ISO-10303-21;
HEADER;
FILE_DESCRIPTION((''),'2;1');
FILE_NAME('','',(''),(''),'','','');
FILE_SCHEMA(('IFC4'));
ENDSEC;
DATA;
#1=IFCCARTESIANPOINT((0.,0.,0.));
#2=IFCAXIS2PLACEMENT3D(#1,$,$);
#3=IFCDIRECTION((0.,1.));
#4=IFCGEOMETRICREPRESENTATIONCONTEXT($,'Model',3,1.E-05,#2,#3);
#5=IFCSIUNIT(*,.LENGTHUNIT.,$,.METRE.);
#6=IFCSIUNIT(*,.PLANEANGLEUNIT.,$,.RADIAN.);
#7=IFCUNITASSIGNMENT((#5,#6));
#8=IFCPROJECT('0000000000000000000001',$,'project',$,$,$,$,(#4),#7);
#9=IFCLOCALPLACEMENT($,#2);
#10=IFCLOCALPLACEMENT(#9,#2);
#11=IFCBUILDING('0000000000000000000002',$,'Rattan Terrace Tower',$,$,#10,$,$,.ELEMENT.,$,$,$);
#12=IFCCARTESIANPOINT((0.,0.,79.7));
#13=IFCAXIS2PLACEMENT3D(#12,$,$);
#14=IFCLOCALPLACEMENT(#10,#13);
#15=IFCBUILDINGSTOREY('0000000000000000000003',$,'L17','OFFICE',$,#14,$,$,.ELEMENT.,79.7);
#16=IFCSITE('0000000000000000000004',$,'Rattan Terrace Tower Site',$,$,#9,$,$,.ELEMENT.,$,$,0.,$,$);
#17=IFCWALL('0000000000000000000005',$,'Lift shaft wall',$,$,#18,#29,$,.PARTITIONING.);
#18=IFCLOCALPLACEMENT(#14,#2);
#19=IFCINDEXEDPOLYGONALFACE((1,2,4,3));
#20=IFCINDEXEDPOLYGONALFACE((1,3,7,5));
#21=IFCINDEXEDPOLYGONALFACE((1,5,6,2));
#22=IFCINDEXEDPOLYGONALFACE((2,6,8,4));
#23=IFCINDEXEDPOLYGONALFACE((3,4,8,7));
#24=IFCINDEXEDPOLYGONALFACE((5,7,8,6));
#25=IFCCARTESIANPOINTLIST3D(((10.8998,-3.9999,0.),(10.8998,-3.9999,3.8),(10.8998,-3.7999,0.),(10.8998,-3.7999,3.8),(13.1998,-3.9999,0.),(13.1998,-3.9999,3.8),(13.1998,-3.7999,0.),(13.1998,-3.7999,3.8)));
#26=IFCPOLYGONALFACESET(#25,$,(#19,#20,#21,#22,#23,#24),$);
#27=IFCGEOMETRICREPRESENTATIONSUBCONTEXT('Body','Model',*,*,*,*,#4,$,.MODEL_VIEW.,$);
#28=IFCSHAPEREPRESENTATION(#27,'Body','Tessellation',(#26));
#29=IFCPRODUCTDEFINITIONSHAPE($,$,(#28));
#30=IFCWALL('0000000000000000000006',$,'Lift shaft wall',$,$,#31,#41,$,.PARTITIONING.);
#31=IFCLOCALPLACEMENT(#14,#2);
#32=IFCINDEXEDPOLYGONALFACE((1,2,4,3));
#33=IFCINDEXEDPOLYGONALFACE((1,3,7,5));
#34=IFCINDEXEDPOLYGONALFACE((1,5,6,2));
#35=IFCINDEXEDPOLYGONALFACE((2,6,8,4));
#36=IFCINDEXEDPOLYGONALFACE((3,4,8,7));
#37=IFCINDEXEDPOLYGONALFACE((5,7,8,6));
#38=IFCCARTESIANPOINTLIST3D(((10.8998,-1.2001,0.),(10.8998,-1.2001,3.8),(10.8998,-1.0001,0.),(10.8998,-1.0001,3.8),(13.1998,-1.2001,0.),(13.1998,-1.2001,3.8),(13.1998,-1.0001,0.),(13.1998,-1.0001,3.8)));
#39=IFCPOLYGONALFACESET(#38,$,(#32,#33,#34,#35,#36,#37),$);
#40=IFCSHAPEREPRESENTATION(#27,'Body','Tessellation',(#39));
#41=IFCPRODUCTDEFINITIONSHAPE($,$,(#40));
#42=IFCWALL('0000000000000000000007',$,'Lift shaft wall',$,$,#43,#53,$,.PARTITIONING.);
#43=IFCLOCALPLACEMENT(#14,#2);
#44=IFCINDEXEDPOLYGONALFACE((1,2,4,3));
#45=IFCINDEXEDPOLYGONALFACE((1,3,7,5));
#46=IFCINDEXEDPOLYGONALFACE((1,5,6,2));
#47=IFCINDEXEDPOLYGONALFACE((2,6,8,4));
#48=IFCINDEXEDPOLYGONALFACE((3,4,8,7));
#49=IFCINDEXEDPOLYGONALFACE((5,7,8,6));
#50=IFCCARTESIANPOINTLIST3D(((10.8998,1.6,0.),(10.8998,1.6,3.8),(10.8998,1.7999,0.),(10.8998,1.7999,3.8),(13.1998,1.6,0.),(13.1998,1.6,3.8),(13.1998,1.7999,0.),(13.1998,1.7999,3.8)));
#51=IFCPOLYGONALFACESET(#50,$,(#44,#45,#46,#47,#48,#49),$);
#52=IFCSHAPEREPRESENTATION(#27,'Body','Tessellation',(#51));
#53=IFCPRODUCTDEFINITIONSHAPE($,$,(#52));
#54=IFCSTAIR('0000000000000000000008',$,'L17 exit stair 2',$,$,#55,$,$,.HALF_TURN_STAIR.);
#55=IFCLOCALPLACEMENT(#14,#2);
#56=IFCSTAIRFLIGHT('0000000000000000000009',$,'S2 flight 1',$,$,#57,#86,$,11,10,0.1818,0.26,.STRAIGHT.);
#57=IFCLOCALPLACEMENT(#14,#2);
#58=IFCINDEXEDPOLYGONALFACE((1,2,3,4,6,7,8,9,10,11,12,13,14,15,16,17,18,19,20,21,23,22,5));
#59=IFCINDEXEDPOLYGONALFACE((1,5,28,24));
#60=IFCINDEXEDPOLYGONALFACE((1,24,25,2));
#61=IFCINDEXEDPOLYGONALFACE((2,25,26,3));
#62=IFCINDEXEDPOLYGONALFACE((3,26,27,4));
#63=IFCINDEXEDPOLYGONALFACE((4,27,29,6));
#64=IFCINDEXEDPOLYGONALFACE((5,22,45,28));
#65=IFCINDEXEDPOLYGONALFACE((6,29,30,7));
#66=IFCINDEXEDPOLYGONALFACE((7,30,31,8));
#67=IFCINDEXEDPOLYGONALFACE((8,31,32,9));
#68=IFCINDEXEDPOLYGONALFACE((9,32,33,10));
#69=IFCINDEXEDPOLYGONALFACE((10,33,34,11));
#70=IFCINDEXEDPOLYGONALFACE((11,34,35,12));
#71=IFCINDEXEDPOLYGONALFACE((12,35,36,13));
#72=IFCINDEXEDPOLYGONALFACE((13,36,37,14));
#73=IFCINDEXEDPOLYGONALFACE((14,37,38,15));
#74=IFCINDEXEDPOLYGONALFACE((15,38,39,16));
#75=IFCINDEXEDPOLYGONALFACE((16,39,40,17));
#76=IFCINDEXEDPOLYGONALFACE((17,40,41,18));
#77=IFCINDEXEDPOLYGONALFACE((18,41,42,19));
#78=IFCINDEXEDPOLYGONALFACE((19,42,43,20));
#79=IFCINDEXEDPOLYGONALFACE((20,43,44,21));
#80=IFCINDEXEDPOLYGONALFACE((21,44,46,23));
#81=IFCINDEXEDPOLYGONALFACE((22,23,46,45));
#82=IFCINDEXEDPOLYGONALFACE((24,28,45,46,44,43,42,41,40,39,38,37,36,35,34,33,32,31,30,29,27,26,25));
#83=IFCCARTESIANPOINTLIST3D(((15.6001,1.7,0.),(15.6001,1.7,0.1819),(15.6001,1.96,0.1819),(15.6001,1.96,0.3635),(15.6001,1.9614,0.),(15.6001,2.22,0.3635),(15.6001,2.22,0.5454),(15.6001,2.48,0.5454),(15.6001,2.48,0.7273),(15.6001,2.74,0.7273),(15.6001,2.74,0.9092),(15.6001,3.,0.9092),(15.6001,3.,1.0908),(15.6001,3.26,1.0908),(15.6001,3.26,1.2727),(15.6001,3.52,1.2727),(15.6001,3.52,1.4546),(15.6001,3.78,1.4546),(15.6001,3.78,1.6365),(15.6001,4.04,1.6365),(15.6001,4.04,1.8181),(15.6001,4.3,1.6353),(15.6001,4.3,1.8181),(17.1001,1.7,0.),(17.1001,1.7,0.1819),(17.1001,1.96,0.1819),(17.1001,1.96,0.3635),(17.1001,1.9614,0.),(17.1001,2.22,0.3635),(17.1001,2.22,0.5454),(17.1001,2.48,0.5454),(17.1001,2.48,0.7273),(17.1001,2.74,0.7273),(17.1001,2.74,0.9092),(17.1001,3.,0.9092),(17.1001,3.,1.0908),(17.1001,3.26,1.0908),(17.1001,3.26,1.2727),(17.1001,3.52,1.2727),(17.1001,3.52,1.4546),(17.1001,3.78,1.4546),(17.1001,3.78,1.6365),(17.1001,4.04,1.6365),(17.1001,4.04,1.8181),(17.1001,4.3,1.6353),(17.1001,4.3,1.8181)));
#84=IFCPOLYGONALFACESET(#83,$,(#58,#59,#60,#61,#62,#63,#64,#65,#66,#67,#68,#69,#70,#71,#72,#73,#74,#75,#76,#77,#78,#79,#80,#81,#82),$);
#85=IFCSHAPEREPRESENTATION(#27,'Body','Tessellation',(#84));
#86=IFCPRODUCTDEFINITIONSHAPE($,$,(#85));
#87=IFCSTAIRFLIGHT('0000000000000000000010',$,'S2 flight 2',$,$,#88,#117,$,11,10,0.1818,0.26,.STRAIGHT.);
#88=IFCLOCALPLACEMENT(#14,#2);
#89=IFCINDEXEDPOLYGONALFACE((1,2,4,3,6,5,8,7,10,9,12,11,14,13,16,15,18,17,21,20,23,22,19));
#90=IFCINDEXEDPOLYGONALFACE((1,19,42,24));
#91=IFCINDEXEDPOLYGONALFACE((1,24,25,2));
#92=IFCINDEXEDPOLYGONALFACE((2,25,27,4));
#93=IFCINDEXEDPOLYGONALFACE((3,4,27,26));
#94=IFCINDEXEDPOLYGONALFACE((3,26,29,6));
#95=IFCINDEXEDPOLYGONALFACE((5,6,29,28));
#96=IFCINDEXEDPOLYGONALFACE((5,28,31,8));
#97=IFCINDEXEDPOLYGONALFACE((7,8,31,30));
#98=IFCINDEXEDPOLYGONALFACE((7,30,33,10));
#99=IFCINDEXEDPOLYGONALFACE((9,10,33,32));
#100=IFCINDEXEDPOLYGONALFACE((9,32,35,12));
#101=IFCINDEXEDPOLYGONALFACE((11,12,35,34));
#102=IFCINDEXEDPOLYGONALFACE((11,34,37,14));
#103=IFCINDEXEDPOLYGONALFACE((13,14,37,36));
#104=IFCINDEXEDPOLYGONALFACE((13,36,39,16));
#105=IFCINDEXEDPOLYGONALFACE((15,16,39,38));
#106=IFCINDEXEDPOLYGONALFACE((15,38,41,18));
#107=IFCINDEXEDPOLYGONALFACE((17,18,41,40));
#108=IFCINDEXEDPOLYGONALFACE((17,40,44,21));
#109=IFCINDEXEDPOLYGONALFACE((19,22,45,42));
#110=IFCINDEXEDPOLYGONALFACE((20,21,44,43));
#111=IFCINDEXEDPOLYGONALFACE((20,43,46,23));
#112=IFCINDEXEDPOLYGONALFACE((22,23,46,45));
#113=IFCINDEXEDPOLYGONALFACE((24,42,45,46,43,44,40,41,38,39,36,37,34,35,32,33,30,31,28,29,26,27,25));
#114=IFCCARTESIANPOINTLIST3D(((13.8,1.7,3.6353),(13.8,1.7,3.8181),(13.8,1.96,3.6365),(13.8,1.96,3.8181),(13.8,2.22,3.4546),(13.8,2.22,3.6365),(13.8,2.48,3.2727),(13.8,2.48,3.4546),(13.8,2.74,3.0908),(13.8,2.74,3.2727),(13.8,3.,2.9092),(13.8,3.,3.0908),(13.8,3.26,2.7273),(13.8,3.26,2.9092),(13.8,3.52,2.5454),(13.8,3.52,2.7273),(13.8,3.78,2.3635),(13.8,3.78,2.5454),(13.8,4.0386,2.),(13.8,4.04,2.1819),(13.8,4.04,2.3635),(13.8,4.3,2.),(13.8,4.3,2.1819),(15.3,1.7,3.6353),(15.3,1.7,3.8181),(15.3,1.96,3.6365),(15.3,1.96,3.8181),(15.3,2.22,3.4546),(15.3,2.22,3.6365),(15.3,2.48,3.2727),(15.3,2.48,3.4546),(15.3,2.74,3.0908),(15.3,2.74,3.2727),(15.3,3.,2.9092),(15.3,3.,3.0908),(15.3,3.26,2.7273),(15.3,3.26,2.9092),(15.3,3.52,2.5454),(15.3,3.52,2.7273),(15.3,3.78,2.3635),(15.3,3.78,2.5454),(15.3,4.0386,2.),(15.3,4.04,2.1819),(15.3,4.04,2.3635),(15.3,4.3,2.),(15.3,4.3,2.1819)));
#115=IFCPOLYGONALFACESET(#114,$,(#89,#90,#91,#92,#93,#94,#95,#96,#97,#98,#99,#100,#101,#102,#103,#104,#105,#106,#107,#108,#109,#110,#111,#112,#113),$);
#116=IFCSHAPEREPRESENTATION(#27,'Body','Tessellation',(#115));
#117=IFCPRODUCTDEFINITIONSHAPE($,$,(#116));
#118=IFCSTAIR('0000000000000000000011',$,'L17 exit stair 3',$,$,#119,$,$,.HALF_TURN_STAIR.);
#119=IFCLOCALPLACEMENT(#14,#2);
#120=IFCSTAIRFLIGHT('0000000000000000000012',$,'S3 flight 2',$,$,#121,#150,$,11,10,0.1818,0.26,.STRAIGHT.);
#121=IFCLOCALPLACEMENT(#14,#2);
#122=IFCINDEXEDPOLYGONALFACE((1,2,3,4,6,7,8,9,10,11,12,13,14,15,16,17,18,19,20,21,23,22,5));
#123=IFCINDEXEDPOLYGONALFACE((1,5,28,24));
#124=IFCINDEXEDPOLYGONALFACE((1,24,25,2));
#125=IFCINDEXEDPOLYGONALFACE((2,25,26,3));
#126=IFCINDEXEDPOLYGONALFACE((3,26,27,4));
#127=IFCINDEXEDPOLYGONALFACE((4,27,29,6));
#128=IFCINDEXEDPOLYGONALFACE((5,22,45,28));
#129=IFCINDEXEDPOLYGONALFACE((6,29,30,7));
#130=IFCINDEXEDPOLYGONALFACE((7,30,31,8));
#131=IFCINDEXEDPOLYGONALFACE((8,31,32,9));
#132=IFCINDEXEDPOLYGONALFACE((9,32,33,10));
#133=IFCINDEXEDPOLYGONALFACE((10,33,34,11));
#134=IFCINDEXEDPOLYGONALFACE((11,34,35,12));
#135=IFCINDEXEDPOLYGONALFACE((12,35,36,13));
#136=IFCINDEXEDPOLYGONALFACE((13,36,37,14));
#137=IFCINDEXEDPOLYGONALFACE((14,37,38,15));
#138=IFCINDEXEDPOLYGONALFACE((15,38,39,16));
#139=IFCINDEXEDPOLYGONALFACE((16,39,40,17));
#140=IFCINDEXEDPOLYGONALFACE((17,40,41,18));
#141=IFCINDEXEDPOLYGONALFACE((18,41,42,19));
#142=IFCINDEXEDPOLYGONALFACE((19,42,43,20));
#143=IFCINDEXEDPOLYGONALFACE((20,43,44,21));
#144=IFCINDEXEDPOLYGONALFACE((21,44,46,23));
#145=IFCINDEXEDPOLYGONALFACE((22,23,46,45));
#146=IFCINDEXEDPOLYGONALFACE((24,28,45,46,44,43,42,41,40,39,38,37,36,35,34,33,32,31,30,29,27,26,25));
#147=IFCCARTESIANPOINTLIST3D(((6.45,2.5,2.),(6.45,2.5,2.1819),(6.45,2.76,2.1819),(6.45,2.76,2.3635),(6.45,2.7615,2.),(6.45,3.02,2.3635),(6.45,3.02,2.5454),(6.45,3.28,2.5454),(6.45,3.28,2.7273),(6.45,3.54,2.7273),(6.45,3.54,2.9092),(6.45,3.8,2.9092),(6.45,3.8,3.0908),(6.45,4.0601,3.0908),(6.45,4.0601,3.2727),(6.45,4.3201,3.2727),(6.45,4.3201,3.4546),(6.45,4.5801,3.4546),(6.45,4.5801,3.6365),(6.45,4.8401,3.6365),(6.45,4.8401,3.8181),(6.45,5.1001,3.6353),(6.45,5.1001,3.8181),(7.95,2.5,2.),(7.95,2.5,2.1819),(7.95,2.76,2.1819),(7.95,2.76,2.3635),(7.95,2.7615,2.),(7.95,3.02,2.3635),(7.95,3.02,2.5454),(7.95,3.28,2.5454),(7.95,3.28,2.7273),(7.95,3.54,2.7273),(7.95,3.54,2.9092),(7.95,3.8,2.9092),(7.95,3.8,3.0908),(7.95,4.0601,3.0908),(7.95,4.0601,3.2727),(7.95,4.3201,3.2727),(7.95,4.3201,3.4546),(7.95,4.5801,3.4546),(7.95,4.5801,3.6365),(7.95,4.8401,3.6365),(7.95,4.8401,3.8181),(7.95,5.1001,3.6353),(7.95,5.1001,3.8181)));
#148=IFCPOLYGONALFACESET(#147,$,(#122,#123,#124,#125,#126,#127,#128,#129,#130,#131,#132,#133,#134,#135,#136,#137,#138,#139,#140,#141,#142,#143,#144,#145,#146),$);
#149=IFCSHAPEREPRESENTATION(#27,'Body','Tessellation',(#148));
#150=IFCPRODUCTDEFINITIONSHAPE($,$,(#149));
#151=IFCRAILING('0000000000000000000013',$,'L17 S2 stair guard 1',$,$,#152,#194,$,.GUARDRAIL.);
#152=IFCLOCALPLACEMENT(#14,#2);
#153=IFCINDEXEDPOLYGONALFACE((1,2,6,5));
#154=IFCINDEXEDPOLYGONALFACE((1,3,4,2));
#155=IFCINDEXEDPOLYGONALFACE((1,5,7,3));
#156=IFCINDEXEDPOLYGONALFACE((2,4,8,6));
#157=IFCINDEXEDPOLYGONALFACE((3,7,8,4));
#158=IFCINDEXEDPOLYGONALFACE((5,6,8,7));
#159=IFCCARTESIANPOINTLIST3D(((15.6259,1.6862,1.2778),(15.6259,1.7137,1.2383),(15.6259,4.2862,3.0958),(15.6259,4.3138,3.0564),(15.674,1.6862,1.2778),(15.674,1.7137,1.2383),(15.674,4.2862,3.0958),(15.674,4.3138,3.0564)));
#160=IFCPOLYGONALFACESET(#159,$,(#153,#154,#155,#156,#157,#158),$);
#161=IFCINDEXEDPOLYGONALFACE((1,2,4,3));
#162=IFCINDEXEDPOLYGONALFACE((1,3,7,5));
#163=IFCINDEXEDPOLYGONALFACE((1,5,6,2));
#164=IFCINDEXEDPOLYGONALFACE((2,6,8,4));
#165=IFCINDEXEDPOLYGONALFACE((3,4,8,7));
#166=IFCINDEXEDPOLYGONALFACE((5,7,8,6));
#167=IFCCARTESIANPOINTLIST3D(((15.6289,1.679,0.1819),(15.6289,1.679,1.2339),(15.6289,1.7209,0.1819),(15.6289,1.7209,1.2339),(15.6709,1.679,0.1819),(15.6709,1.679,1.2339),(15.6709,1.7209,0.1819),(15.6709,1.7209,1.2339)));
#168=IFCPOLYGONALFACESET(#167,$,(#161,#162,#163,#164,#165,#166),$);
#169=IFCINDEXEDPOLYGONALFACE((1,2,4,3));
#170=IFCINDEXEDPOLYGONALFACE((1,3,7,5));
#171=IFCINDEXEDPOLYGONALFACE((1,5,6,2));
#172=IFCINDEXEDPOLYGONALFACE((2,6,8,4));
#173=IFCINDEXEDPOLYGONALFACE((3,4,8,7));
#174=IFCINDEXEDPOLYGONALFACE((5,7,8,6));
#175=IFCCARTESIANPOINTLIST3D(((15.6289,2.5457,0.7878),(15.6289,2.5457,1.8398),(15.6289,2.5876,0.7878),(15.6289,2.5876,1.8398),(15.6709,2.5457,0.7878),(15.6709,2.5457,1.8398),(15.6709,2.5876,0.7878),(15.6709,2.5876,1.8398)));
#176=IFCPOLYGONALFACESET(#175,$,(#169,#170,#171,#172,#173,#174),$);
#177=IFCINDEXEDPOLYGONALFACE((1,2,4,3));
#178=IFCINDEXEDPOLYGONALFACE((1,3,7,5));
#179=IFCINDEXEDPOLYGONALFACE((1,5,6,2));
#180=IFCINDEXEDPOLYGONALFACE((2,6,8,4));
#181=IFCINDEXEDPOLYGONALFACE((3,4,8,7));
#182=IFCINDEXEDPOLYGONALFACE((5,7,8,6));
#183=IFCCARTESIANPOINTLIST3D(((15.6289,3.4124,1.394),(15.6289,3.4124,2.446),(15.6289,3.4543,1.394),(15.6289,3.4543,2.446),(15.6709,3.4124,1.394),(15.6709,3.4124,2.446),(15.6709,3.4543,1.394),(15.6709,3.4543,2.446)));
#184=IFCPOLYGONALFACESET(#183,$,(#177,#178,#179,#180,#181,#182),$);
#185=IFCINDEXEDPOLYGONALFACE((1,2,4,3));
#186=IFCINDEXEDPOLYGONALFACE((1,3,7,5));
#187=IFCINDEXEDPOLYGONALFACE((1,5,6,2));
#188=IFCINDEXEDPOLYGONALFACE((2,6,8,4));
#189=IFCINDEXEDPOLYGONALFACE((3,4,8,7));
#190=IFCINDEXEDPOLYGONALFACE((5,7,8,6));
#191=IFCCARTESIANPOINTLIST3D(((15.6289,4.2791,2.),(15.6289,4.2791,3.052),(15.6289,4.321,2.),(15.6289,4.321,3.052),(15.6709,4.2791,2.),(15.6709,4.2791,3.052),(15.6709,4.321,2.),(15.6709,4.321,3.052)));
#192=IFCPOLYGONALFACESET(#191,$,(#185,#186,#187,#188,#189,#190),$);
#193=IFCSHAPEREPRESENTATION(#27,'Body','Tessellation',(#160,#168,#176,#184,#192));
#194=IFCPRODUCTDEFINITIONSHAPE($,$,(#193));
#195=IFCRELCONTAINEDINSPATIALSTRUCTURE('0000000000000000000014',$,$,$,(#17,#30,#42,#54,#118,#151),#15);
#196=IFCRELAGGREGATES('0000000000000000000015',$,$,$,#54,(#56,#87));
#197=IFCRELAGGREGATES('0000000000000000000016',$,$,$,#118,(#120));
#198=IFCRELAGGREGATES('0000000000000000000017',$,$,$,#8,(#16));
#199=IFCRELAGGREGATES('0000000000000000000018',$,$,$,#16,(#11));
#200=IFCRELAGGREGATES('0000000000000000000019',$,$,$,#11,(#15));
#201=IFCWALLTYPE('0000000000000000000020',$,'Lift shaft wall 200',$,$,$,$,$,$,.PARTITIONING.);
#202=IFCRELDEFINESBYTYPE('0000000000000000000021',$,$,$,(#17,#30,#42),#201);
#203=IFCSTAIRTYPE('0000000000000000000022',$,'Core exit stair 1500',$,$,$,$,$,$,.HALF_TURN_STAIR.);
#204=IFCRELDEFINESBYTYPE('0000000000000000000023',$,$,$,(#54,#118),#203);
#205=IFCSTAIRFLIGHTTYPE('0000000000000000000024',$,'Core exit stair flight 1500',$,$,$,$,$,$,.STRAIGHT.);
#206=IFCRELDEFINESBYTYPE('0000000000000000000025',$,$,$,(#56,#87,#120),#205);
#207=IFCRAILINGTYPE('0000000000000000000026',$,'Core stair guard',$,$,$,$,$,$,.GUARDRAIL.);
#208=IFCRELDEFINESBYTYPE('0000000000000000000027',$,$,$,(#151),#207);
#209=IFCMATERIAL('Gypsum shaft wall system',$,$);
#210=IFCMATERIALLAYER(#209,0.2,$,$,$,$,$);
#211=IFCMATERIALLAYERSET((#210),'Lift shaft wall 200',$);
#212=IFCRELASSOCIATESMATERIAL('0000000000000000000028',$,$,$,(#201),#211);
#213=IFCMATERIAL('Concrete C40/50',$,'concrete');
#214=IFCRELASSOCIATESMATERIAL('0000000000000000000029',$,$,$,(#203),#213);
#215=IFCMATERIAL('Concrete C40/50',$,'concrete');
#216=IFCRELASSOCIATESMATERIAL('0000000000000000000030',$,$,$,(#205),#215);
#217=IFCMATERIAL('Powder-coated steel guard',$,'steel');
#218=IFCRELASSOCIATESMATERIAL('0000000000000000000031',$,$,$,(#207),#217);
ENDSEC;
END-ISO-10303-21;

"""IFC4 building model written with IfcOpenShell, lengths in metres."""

from ifc_helpers import new_model, si_unit, direction, frame, frame_2d, origin, origin_2d, place, context, subcontext, project, spatial, polyline, rectangle, outline, extrude, material, layer, layer_set, type_object, element, aggregate, save


model = new_model("IFC4")

# Units and contexts
model_context = context("Model", 3, precision=1e-05, world=origin(), true_north=direction((0.0, 1.0)))
body_context = subcontext(model_context, "Body", "Model", "MODEL_VIEW")
ifc_project = project(units=[si_unit("LENGTHUNIT", "METRE"), si_unit("PLANEANGLEUNIT", "RADIAN")], contexts=[model_context])

# Site, building, storey
site_placement = place(None, origin())
site = spatial("IfcSite", under=ifc_project, at=site_placement, Name="Rattan Terrace Tower Site", CompositionType="ELEMENT", RefElevation=0.0)
building_placement = place(site_placement, origin())
building = spatial("IfcBuilding", under=site, at=building_placement, Name="Rattan Terrace Tower", CompositionType="ELEMENT")
storey_placement = place(building_placement, frame((0.0, 0.0, 79.7)))
storey = spatial("IfcBuildingStorey", under=building, at=storey_placement, Name="L17", Description="OFFICE", CompositionType="ELEMENT", Elevation=79.7)

# Walls
ifc_material_1 = material(Name="Gypsum shaft wall system")
ifc_layer_1 = layer(ifc_material_1, 0.2)
ifc_layer_set_1 = layer_set([ifc_layer_1], Name="Lift shaft wall 200")
wall_type_1 = type_object("IfcWallType", Name="Lift shaft wall 200", PredefinedType="PARTITIONING", material=ifc_layer_set_1)
for number, where, z_axis, x_axis, name in (
    (1, (10.8999, -3.8999, 0.0), (0.0, 0.0, 1.0), (1.0, 0.0, 0.0), "Lift shaft wall"),
    (2, (10.8999, -1.1001, 0.0), (0.0, 0.0, 1.0), (1.0, 0.0, 0.0), "Lift shaft wall"),
    (3, (10.8999, 1.7, 0.0), (0.0, 0.0, 1.0), (1.0, 0.0, 0.0), "Lift shaft wall"),
):
    element("IfcWall", number, at=place(storey_placement, frame(where, z_axis=z_axis, x_axis=x_axis)), inside=storey, type_object=wall_type_1, Name=name, PredefinedType="PARTITIONING", context=body_context, shape_type="SweptSolid", body=[
        extrude(rectangle(XDim=2.3, YDim=0.2, at=frame_2d((1.1499, 0.0))), origin(), (0.0, 0.0, 1.0), 3.8),
    ])

# Stair, stair flights
ifc_material_2 = material(Name="Concrete C40/50", Category="concrete")
stair_type = type_object("IfcStairType", Name="Core exit stair 1500", PredefinedType="HALF_TURN_STAIR", material=ifc_material_2)
stair_1_placement = place(storey_placement, origin())
stair_1 = element("IfcStair", 4, at=stair_1_placement, inside=storey, type_object=stair_type, Name="L17 exit stair 2", PredefinedType="HALF_TURN_STAIR")
ifc_material_3 = material(Name="Concrete C40/50", Category="concrete")
stair_flight_type = type_object("IfcStairFlightType", Name="Core exit stair flight 1500", PredefinedType="STRAIGHT", material=ifc_material_3)
stair_flight_1_placement = place(storey_placement, frame((16.3501, 1.7, 0.0), z_axis=(0.0, 0.0, 1.0), x_axis=(0.0, 1.0, 0.0)))
stair_flight_1 = element("IfcStairFlight", 5, at=stair_flight_1_placement, type_object=stair_flight_type, Name="S2 flight 1", NumberOfRisers=11, NumberOfTreads=10, PredefinedType="STRAIGHT", RiserHeight=0.1818, TreadLength=0.26, context=body_context, shape_type="SweptSolid", body=[
    extrude(outline(polyline([(0.0, 0.0), (0.0, 0.1819), (0.26, 0.1819), (0.26, 0.3635), (0.52, 0.3635), (0.52, 0.5454), (0.78, 0.5454), (0.78, 0.7273), (1.04, 0.7273), (1.04, 0.9092), (1.3, 0.9092), (1.3, 1.0908), (1.5601, 1.0908), (1.5601, 1.2727), (1.8201, 1.2727), (1.8201, 1.4546), (2.0801, 1.4546), (2.0801, 1.6365), (2.3401, 1.6365), (2.3401, 1.8181), (2.6001, 1.8181), (2.6001, 2.0), (2.6001, 1.6353), (0.2615, 0.0), (0.0, 0.0)])), frame((0.0, 0.75, 0.0), z_axis=(0.0, -1.0, 0.0), x_axis=(1.0, 0.0, 0.0)), (0.0, 0.0, 1.0), 1.5),
])
stair_flight_2_placement = place(storey_placement, frame((14.55, 4.3, 2.0), z_axis=(0.0, 0.0, 1.0), x_axis=(0.0, -1.0, 0.0)))
stair_flight_2 = element("IfcStairFlight", 6, at=stair_flight_2_placement, type_object=stair_flight_type, Name="S2 flight 2", NumberOfRisers=11, NumberOfTreads=10, PredefinedType="STRAIGHT", RiserHeight=0.1818, TreadLength=0.26, context=body_context, shape_type="SweptSolid", body=[
    extrude(outline(polyline([(0.0, 0.0), (0.0, 0.1819), (0.26, 0.1819), (0.26, 0.3635), (0.52, 0.3635), (0.52, 0.5454), (0.78, 0.5454), (0.78, 0.7273), (1.04, 0.7273), (1.04, 0.9092), (1.3, 0.9092), (1.3, 1.0908), (1.5601, 1.0908), (1.5601, 1.2727), (1.8201, 1.2727), (1.8201, 1.4546), (2.0801, 1.4546), (2.0801, 1.6365), (2.3401, 1.6365), (2.3401, 1.8181), (2.6001, 1.8181), (2.6001, 2.0), (2.6001, 1.6353), (0.2615, 0.0), (0.0, 0.0)])), frame((0.0, 0.75, 0.0), z_axis=(0.0, -1.0, 0.0), x_axis=(1.0, 0.0, 0.0)), (0.0, 0.0, 1.0), 1.5),
])
aggregate(stair_1, [stair_flight_1, stair_flight_2])

# Stair, stair flight
stair_2_placement = place(storey_placement, origin())
stair_2 = element("IfcStair", 7, at=stair_2_placement, inside=storey, type_object=stair_type, Name="L17 exit stair 3", PredefinedType="HALF_TURN_STAIR")
stair_flight_3_placement = place(storey_placement, frame((7.2, 2.5, 2.0), z_axis=(0.0, 0.0, 1.0), x_axis=(0.0, 1.0, 0.0)))
stair_flight_3 = element("IfcStairFlight", 8, at=stair_flight_3_placement, type_object=stair_flight_type, Name="S3 flight 2", NumberOfRisers=11, NumberOfTreads=10, PredefinedType="STRAIGHT", RiserHeight=0.1818, TreadLength=0.26, context=body_context, shape_type="SweptSolid", body=[
    extrude(outline(polyline([(0.0, 0.0), (0.0, 0.1819), (0.26, 0.1819), (0.26, 0.3635), (0.52, 0.3635), (0.52, 0.5454), (0.78, 0.5454), (0.78, 0.7273), (1.04, 0.7273), (1.04, 0.9092), (1.3, 0.9092), (1.3, 1.0908), (1.5601, 1.0908), (1.5601, 1.2727), (1.8201, 1.2727), (1.8201, 1.4546), (2.0801, 1.4546), (2.0801, 1.6365), (2.3401, 1.6365), (2.3401, 1.8181), (2.6001, 1.8181), (2.6001, 2.0), (2.6001, 1.6353), (0.2615, 0.0), (0.0, 0.0)])), frame((0.0, 0.75, 0.0), z_axis=(0.0, -1.0, 0.0), x_axis=(1.0, 0.0, 0.0)), (0.0, 0.0, 1.0), 1.5),
])
aggregate(stair_2, [stair_flight_3])

# Railing
ifc_material_4 = material(Name="Powder-coated steel guard", Category="steel")
railing_type_1 = type_object("IfcRailingType", Name="Core stair guard", PredefinedType="GUARDRAIL", material=ifc_material_4)
railing_1_placement = place(storey_placement, frame((15.6499, 1.7, 0.1819)))
element("IfcRailing", 9, at=railing_1_placement, inside=storey, type_object=railing_type_1, Name="L17 S2 stair guard 1", PredefinedType="GUARDRAIL", context=body_context, shape_type="SweptSolid", body=[
    extrude(rectangle(XDim=0.0481, YDim=0.0481, at=origin_2d()), frame((0.0, 0.0, 1.0762), z_axis=(0.0, 0.819521, 0.573049), x_axis=(-1.0, 0.0, 0.0)), (0.0, 0.0, 1.0), 3.1726),
    extrude(rectangle(XDim=0.042, YDim=0.042, at=origin_2d()), origin(), (0.0, 0.0, 1.0), 1.052),
    extrude(rectangle(XDim=0.042, YDim=0.042, at=origin_2d()), frame((0.0, 0.8667, 0.606)), (0.0, 0.0, 1.0), 1.052),
    extrude(rectangle(XDim=0.042, YDim=0.042, at=origin_2d()), frame((0.0, 1.7334, 1.2122)), (0.0, 0.0, 1.0), 1.052),
    extrude(rectangle(XDim=0.042, YDim=0.042, at=origin_2d()), frame((0.0, 2.6001, 1.8181)), (0.0, 0.0, 1.0), 1.052),
])

save(model, "model.ifc")
